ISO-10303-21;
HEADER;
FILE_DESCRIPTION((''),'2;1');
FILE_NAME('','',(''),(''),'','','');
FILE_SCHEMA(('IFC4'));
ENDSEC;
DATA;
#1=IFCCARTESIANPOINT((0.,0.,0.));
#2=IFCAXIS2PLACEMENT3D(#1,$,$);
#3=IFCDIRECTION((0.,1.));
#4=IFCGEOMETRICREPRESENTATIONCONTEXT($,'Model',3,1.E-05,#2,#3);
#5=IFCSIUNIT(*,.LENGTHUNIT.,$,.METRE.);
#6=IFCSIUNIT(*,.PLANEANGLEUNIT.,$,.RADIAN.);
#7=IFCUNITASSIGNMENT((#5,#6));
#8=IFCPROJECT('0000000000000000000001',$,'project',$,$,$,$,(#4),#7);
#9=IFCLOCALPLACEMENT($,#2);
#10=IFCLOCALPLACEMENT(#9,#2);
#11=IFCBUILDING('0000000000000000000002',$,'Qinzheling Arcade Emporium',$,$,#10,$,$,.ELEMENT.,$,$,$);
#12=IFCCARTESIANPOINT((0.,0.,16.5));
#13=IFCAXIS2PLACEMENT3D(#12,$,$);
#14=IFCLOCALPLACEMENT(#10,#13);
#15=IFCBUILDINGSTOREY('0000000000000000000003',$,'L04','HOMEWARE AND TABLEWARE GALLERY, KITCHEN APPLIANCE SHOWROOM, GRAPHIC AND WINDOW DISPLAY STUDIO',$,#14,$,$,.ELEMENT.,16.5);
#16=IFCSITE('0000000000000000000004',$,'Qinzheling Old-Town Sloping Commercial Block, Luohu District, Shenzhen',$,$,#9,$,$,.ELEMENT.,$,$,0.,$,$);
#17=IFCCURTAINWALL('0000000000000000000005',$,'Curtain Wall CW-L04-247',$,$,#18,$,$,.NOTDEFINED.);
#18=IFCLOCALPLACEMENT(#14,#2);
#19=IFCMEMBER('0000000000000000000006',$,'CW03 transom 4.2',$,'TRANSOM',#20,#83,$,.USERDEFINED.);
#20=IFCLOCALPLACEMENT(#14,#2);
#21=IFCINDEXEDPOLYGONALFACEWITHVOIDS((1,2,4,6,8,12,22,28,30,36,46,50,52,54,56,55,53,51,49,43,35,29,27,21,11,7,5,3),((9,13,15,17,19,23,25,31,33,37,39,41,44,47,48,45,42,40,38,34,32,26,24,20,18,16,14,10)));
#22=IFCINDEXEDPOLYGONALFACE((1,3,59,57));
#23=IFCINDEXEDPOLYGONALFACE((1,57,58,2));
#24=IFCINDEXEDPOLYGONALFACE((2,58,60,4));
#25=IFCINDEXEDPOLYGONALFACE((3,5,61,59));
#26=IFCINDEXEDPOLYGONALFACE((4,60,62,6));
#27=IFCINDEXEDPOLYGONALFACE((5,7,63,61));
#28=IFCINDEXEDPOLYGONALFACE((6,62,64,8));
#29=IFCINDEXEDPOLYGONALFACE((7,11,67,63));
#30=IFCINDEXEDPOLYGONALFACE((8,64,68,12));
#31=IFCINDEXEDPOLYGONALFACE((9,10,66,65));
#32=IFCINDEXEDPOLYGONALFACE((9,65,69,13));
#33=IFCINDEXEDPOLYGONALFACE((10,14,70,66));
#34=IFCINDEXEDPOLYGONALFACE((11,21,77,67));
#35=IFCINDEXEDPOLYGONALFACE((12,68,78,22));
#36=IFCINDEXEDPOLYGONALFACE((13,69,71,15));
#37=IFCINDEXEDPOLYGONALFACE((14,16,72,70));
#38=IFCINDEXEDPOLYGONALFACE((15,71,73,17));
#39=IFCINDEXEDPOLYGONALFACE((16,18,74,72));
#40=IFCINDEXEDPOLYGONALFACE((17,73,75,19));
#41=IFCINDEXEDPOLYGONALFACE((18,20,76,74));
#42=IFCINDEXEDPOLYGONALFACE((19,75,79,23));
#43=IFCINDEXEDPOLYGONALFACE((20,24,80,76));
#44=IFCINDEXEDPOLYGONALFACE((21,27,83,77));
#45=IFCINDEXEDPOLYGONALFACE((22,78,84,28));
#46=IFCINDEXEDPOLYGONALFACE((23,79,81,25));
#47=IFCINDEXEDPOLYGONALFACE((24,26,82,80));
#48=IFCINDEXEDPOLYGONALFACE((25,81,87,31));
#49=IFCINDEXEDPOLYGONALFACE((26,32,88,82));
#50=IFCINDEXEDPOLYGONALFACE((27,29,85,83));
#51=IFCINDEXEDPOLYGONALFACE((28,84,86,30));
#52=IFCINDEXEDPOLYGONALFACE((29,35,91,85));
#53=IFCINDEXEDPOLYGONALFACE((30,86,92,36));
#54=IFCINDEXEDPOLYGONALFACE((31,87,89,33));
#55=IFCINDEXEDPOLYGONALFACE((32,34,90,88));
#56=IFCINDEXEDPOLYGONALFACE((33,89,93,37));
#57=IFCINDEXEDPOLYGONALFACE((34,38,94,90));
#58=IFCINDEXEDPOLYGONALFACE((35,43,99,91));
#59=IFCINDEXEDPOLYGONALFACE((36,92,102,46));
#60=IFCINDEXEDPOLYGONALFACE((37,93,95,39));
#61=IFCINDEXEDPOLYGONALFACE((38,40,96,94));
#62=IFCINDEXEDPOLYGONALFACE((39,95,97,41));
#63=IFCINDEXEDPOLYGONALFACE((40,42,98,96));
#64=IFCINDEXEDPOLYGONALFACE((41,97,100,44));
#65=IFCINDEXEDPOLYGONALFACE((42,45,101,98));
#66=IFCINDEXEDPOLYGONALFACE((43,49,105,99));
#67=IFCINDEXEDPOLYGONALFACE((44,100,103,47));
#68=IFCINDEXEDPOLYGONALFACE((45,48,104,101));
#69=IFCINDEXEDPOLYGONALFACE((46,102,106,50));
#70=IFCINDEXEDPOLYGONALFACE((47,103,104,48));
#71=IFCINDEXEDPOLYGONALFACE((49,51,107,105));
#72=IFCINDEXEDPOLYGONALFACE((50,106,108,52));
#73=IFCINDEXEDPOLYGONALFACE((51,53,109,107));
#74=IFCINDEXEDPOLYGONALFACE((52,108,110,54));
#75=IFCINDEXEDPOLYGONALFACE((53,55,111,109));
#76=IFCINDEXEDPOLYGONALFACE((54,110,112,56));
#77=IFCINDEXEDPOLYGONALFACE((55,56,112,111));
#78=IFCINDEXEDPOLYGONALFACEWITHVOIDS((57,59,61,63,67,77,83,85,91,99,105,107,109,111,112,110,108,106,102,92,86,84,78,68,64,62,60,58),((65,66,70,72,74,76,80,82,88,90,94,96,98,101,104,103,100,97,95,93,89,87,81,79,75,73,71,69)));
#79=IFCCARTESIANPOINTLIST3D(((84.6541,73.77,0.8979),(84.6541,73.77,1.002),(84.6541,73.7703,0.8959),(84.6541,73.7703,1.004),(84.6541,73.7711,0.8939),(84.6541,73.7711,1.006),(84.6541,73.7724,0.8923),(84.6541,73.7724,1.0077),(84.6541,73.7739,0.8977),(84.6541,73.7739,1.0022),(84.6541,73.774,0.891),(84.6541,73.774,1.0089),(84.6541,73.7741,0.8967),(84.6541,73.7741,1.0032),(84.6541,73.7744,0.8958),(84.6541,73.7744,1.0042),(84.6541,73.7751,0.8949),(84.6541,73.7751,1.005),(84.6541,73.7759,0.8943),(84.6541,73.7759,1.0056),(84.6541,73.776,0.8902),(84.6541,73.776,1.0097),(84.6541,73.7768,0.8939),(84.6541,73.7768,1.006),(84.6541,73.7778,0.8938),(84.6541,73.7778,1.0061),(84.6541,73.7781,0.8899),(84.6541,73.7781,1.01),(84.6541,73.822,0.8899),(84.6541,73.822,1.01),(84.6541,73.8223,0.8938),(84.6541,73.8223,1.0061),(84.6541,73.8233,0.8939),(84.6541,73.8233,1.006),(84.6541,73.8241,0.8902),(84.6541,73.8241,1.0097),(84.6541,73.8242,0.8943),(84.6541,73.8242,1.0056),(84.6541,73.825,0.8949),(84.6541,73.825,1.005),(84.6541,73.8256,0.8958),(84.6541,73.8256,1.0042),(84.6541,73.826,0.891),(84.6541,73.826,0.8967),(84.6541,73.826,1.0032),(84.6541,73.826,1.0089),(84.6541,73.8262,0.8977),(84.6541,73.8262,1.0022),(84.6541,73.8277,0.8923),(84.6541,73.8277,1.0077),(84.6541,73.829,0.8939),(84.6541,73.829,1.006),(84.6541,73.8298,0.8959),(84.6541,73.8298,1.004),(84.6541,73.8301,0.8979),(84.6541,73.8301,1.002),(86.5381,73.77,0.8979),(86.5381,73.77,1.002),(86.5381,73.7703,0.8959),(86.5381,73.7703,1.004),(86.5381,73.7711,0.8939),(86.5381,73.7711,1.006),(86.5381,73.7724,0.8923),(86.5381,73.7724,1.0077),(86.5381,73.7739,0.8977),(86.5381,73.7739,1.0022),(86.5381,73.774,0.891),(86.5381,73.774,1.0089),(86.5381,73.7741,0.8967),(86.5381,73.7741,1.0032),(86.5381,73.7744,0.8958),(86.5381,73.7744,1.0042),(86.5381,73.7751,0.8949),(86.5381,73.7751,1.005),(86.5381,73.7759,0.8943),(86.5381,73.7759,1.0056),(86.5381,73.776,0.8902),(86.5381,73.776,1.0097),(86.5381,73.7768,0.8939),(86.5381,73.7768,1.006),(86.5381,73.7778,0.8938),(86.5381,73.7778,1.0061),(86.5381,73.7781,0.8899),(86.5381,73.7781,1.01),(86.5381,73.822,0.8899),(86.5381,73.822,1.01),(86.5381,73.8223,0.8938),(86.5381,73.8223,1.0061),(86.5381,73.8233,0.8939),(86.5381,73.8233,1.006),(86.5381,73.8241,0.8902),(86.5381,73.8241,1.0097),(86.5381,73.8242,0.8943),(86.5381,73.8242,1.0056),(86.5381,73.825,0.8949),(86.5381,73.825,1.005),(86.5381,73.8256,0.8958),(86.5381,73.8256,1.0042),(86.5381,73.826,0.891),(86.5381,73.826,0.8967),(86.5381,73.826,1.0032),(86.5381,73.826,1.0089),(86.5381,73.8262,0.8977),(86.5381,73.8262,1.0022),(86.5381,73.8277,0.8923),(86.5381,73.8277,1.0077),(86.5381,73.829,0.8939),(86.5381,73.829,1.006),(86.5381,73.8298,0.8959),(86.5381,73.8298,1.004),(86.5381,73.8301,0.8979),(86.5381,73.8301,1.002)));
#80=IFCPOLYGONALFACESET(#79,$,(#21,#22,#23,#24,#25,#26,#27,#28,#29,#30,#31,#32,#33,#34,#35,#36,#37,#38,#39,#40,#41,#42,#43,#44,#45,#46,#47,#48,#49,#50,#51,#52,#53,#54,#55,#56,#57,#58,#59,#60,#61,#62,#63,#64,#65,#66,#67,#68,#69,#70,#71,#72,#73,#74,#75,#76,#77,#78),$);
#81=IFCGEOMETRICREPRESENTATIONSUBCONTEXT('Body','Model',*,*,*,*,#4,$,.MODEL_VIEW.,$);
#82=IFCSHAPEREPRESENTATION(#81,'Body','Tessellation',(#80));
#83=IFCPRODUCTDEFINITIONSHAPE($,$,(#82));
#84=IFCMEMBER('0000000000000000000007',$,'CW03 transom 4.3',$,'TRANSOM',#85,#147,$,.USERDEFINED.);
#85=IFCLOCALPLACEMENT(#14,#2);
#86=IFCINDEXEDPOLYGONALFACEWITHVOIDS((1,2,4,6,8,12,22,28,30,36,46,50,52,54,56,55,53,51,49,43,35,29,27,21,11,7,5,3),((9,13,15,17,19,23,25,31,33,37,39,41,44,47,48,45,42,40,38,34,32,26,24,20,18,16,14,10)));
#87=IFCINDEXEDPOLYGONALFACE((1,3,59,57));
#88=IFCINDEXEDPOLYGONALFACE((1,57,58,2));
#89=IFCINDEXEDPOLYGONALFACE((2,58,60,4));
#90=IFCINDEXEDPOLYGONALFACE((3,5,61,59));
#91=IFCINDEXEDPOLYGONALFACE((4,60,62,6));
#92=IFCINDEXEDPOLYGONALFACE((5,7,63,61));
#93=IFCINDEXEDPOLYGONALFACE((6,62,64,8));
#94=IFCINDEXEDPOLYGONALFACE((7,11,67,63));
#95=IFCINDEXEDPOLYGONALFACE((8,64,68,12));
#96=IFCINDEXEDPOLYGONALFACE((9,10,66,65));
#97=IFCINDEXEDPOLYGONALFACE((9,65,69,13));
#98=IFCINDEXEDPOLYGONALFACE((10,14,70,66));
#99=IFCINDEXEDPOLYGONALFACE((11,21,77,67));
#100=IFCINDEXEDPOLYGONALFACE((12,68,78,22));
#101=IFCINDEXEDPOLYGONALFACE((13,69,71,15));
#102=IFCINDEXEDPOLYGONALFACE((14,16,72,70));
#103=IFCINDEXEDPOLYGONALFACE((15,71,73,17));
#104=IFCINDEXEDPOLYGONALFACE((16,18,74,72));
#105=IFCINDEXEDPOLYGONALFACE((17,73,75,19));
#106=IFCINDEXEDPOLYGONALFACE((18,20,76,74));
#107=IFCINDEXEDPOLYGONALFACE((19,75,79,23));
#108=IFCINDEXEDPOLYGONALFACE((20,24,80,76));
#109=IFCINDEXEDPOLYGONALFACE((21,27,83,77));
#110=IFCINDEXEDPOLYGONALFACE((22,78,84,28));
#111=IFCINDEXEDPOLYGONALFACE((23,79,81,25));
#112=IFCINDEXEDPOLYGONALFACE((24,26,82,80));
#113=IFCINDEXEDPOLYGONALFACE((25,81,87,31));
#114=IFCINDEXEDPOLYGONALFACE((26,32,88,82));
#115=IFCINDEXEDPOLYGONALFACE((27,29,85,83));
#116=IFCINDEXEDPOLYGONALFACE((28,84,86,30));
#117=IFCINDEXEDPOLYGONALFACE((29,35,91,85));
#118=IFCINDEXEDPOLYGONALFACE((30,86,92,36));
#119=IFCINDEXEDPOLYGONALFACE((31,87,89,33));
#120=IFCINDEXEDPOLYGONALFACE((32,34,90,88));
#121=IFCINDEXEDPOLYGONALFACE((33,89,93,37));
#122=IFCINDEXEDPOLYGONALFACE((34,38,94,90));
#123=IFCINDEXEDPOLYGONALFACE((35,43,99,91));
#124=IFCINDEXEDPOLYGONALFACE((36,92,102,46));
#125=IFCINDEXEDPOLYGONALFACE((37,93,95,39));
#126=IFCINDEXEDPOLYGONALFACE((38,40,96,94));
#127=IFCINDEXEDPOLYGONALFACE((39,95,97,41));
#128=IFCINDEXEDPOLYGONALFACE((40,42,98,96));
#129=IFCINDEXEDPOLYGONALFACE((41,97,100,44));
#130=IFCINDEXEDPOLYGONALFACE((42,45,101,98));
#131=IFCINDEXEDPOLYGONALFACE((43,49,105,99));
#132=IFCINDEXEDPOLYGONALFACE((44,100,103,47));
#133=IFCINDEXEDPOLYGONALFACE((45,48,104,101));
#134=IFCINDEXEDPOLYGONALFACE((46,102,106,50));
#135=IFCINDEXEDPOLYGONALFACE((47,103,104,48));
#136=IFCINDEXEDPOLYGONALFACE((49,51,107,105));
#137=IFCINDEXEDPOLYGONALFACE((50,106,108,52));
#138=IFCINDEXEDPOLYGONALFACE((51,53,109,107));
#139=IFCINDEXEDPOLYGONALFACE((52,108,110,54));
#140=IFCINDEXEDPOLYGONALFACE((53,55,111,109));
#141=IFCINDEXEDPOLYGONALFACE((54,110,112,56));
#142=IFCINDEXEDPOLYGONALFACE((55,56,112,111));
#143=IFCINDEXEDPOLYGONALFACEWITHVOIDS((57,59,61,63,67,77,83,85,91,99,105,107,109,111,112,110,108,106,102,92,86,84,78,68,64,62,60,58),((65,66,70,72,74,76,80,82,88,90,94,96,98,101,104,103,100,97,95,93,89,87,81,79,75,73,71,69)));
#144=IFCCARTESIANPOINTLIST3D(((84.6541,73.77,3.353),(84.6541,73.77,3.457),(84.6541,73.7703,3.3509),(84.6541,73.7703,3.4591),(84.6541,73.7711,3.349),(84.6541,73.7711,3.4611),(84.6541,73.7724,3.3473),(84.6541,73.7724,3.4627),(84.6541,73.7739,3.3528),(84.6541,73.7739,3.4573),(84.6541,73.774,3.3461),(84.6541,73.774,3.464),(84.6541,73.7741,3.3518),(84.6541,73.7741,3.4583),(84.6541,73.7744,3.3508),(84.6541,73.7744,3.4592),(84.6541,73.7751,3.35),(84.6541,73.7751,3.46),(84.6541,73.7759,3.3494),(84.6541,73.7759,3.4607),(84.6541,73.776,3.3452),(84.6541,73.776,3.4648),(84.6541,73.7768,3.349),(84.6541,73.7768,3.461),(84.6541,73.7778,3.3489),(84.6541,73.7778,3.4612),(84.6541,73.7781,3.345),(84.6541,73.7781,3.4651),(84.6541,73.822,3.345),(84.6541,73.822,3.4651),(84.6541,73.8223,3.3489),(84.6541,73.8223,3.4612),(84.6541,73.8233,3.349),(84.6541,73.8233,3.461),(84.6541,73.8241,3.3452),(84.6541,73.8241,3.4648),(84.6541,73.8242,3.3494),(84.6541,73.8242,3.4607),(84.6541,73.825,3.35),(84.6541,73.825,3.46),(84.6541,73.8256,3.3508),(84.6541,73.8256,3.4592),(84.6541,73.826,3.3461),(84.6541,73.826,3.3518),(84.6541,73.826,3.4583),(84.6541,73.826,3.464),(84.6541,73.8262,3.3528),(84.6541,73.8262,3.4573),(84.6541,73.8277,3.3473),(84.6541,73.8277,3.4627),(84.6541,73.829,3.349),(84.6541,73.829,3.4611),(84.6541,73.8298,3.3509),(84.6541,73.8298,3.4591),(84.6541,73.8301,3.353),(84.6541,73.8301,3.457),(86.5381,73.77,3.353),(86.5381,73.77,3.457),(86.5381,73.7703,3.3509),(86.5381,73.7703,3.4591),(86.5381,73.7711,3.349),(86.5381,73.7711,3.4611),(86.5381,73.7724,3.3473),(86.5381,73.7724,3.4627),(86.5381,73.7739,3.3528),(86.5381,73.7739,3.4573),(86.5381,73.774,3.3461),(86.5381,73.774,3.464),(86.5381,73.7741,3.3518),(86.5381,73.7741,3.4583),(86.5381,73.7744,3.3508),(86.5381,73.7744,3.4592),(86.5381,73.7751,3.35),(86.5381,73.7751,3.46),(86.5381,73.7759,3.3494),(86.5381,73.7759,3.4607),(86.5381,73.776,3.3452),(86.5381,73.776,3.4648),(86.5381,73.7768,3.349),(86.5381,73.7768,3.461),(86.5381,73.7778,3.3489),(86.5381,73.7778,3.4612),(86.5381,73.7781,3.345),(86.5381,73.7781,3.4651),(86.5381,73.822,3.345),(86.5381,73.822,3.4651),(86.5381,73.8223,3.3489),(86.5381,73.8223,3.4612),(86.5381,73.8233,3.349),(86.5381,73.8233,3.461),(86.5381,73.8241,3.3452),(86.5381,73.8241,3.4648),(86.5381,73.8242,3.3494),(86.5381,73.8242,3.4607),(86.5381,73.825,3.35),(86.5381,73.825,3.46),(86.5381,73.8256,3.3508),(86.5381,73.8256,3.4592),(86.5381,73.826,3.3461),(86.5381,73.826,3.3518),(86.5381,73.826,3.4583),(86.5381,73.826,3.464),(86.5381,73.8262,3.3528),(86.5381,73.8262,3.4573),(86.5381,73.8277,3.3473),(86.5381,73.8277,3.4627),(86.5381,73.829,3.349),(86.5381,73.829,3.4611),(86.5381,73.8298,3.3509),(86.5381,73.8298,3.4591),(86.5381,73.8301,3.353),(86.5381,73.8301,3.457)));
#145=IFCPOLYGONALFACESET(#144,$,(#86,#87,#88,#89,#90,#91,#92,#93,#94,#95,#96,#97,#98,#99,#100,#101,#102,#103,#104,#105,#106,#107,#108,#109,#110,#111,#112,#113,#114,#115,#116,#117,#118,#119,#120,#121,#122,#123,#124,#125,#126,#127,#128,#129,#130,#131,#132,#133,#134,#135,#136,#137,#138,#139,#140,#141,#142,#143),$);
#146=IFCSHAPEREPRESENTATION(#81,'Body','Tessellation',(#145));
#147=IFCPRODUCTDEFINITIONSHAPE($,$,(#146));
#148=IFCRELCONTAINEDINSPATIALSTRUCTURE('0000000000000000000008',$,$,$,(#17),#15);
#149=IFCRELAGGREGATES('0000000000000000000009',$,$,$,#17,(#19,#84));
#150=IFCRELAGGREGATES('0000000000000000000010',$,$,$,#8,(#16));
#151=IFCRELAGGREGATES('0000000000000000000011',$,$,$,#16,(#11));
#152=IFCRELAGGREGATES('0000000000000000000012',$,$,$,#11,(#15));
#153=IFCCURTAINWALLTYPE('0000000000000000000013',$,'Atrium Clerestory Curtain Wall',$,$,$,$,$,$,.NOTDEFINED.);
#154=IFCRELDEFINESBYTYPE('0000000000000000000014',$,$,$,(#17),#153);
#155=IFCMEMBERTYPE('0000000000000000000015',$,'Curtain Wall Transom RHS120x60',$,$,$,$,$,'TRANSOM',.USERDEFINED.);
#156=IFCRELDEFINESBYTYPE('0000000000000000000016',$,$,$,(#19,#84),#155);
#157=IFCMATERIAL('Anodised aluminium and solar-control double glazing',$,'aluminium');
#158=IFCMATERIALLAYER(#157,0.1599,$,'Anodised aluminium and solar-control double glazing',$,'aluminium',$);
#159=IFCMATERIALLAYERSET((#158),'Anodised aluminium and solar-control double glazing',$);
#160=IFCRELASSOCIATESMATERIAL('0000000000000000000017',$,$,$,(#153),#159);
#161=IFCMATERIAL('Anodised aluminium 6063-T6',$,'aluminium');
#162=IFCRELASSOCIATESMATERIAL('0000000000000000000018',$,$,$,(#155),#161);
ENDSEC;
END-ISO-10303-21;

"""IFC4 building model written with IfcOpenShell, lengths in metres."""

from ifc_helpers import new_model, si_unit, direction, frame, origin, origin_2d, place, context, subcontext, project, spatial, hollow_rectangle, extrude, material, layer, layer_set, material_profile, profile_set, type_object, element, aggregate, save


model = new_model("IFC4")

# Units and contexts
model_context = context("Model", 3, precision=1e-05, world=origin(), true_north=direction((0.0, 1.0)))
body_context = subcontext(model_context, "Body", "Model", "MODEL_VIEW")
ifc_project = project(units=[si_unit("LENGTHUNIT", "METRE"), si_unit("PLANEANGLEUNIT", "RADIAN")], contexts=[model_context])

# Site, building, storey
site_placement = place(None, origin())
site = spatial("IfcSite", under=ifc_project, at=site_placement, Name="Qinzheling Old-Town Sloping Commercial Block, Luohu District, Shenzhen", CompositionType="ELEMENT", RefElevation=0.0)
building_placement = place(site_placement, origin())
building = spatial("IfcBuilding", under=site, at=building_placement, Name="Qinzheling Arcade Emporium", CompositionType="ELEMENT")
storey_placement = place(building_placement, frame((0.0, 0.0, 16.5)))
storey = spatial("IfcBuildingStorey", under=building, at=storey_placement, Name="L04", Description="HOMEWARE AND TABLEWARE GALLERY, KITCHEN APPLIANCE SHOWROOM, GRAPHIC AND WINDOW DISPLAY STUDIO", CompositionType="ELEMENT", Elevation=16.5)

# Curtain wall
ifc_material_1 = material(Name="Anodised aluminium and solar-control double glazing", Category="aluminium")
ifc_layer_1 = layer(ifc_material_1, 0.1599, Name="Anodised aluminium and solar-control double glazing", Category="aluminium")
ifc_layer_set_1 = layer_set([ifc_layer_1], Name="Anodised aluminium and solar-control double glazing")
curtain_wall_type = type_object("IfcCurtainWallType", Name="Atrium Clerestory Curtain Wall", PredefinedType="NOTDEFINED", material=ifc_layer_set_1)
curtain_wall_1_placement = place(storey_placement, origin())
curtain_wall_1 = element("IfcCurtainWall", 1, at=curtain_wall_1_placement, inside=storey, type_object=curtain_wall_type, Name="Curtain Wall CW-L04-247", PredefinedType="NOTDEFINED")
ifc_material_2 = material(Name="Anodised aluminium 6063-T6", Category="aluminium")

# Members
ifc_material_profile_1 = material_profile(ifc_material_2, hollow_rectangle(XDim=0.0601, YDim=0.1201, WallThickness=0.0039, InnerFilletRadius=0.0039, OuterFilletRadius=0.0081, at=origin_2d()), Name="RHS 120x60x4", Category="aluminium")
ifc_profile_set_1 = profile_set([ifc_material_profile_1], Name="Anodised aluminium 6063-T6")
member_type_1 = type_object("IfcMemberType", Name="Curtain Wall Transom RHS120x60", ElementType="TRANSOM", PredefinedType="USERDEFINED", material=ifc_profile_set_1)
member_1_placement = place(storey_placement, frame((84.6541, 73.8, 0.95), z_axis=(1.0, 0.0, 0.0), x_axis=(0.0, 1.0, 0.0)))
member_1 = element("IfcMember", 2, at=member_1_placement, type_object=member_type_1, Name="CW03 transom 4.2", ObjectType="TRANSOM", PredefinedType="USERDEFINED", context=body_context, shape_type="SweptSolid", body=[
    extrude(hollow_rectangle(XDim=0.0601, YDim=0.1201, WallThickness=0.0039, InnerFilletRadius=0.0039, OuterFilletRadius=0.0081, at=origin_2d()), origin(), (0.0, 0.0, 1.0), 1.884),
])
member_2_placement = place(storey_placement, frame((84.6541, 73.8, 3.405), z_axis=(1.0, 0.0, 0.0), x_axis=(0.0, 1.0, 0.0)))
member_2 = element("IfcMember", 3, at=member_2_placement, type_object=member_type_1, Name="CW03 transom 4.3", ObjectType="TRANSOM", PredefinedType="USERDEFINED", context=body_context, shape_type="SweptSolid", body=[
    extrude(hollow_rectangle(XDim=0.0601, YDim=0.1201, WallThickness=0.0039, InnerFilletRadius=0.0039, OuterFilletRadius=0.0081, at=origin_2d()), origin(), (0.0, 0.0, 1.0), 1.884),
])

aggregate(curtain_wall_1, [member_1, member_2])

save(model, "model.ifc")
